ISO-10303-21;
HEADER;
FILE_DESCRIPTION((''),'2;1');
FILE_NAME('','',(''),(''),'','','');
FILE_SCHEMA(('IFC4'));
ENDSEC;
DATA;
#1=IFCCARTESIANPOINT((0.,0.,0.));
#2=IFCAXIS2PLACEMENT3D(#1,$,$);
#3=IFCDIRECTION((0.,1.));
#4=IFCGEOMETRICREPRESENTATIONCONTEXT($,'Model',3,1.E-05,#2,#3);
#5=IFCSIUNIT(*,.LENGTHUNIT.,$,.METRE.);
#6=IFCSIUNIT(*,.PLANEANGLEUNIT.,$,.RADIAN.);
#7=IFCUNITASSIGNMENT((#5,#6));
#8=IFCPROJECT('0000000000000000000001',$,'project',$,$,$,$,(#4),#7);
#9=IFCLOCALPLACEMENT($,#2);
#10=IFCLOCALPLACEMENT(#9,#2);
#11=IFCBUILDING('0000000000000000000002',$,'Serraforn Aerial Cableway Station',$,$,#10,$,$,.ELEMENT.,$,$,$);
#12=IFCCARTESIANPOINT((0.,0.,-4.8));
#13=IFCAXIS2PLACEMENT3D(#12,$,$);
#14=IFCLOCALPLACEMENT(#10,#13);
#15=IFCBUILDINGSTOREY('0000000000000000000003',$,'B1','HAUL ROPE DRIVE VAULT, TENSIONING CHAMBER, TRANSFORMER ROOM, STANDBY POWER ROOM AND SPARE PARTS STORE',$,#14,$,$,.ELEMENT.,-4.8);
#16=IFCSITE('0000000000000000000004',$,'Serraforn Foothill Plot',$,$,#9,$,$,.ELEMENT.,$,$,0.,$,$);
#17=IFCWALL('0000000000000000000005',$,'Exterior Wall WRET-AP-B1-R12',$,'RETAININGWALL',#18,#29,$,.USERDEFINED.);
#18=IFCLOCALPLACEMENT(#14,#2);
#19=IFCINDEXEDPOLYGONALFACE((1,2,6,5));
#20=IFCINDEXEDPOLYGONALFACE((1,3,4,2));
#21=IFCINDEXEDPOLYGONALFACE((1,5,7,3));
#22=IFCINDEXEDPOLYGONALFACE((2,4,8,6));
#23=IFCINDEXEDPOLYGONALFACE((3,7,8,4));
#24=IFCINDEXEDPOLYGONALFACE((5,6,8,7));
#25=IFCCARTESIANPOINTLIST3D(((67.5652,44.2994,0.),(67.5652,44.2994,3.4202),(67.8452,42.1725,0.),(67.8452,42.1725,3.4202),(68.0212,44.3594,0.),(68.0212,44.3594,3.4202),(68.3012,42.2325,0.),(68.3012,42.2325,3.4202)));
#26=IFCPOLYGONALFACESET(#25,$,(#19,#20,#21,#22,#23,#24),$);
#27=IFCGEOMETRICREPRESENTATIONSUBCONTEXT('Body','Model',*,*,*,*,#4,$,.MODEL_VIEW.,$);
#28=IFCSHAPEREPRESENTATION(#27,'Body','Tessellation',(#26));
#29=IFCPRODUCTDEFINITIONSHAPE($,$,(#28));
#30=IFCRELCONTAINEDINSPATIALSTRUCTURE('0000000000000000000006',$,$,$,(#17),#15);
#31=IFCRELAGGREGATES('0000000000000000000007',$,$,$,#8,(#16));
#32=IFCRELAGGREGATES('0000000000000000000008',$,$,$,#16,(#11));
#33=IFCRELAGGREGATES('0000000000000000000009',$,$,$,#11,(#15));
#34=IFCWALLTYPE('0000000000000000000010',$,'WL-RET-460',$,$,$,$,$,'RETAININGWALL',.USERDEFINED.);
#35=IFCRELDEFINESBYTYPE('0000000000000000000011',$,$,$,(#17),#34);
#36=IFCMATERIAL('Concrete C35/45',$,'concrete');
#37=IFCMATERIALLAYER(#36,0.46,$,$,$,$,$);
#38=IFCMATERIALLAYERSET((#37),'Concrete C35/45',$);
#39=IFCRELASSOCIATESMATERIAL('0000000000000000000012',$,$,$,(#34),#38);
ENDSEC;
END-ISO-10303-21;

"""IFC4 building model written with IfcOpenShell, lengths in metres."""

from ifc_helpers import new_model, si_unit, direction, frame, frame_2d, origin, place, context, subcontext, project, spatial, rectangle, extrude, material, layer, layer_set, type_object, element, save


model = new_model("IFC4")

# Units and contexts
model_context = context("Model", 3, precision=1e-05, world=origin(), true_north=direction((0.0, 1.0)))
body_context = subcontext(model_context, "Body", "Model", "MODEL_VIEW")
ifc_project = project(units=[si_unit("LENGTHUNIT", "METRE"), si_unit("PLANEANGLEUNIT", "RADIAN")], contexts=[model_context])

# Site, building, storey
site_placement = place(None, origin())
site = spatial("IfcSite", under=ifc_project, at=site_placement, Name="Serraforn Foothill Plot", CompositionType="ELEMENT", RefElevation=0.0)
building_placement = place(site_placement, origin())
building = spatial("IfcBuilding", under=site, at=building_placement, Name="Serraforn Aerial Cableway Station", CompositionType="ELEMENT")
storey_placement = place(building_placement, frame((0.0, 0.0, -4.8)))
storey = spatial("IfcBuildingStorey", under=building, at=storey_placement, Name="B1", Description="HAUL ROPE DRIVE VAULT, TENSIONING CHAMBER, TRANSFORMER ROOM, STANDBY POWER ROOM AND SPARE PARTS STORE", CompositionType="ELEMENT", Elevation=-4.8)

# Shared definitions
ifc_material_1 = material(Name="Concrete C35/45", Category="concrete")

# Wall
ifc_layer_1 = layer(ifc_material_1, 0.46)
ifc_layer_set_1 = layer_set([ifc_layer_1], Name="Concrete C35/45")
wall_type_1 = type_object("IfcWallType", Name="WL-RET-460", ElementType="RETAININGWALL", PredefinedType="USERDEFINED", material=ifc_layer_set_1)
wall_1_placement = place(storey_placement, frame((68.0732, 42.2024, 0.0), z_axis=(0.0, 0.0, 1.0), x_axis=(-0.130531, 0.991444, 0.0)))
element("IfcWall", 1, at=wall_1_placement, inside=storey, type_object=wall_type_1, Name="Exterior Wall WRET-AP-B1-R12", ObjectType="RETAININGWALL", PredefinedType="USERDEFINED", context=body_context, shape_type="SweptSolid", body=[
    extrude(rectangle(XDim=2.1453, YDim=0.46, at=frame_2d((1.0728, 0.0))), origin(), (0.0, 0.0, 1.0), 3.4202),
])

save(model, "model.ifc")
